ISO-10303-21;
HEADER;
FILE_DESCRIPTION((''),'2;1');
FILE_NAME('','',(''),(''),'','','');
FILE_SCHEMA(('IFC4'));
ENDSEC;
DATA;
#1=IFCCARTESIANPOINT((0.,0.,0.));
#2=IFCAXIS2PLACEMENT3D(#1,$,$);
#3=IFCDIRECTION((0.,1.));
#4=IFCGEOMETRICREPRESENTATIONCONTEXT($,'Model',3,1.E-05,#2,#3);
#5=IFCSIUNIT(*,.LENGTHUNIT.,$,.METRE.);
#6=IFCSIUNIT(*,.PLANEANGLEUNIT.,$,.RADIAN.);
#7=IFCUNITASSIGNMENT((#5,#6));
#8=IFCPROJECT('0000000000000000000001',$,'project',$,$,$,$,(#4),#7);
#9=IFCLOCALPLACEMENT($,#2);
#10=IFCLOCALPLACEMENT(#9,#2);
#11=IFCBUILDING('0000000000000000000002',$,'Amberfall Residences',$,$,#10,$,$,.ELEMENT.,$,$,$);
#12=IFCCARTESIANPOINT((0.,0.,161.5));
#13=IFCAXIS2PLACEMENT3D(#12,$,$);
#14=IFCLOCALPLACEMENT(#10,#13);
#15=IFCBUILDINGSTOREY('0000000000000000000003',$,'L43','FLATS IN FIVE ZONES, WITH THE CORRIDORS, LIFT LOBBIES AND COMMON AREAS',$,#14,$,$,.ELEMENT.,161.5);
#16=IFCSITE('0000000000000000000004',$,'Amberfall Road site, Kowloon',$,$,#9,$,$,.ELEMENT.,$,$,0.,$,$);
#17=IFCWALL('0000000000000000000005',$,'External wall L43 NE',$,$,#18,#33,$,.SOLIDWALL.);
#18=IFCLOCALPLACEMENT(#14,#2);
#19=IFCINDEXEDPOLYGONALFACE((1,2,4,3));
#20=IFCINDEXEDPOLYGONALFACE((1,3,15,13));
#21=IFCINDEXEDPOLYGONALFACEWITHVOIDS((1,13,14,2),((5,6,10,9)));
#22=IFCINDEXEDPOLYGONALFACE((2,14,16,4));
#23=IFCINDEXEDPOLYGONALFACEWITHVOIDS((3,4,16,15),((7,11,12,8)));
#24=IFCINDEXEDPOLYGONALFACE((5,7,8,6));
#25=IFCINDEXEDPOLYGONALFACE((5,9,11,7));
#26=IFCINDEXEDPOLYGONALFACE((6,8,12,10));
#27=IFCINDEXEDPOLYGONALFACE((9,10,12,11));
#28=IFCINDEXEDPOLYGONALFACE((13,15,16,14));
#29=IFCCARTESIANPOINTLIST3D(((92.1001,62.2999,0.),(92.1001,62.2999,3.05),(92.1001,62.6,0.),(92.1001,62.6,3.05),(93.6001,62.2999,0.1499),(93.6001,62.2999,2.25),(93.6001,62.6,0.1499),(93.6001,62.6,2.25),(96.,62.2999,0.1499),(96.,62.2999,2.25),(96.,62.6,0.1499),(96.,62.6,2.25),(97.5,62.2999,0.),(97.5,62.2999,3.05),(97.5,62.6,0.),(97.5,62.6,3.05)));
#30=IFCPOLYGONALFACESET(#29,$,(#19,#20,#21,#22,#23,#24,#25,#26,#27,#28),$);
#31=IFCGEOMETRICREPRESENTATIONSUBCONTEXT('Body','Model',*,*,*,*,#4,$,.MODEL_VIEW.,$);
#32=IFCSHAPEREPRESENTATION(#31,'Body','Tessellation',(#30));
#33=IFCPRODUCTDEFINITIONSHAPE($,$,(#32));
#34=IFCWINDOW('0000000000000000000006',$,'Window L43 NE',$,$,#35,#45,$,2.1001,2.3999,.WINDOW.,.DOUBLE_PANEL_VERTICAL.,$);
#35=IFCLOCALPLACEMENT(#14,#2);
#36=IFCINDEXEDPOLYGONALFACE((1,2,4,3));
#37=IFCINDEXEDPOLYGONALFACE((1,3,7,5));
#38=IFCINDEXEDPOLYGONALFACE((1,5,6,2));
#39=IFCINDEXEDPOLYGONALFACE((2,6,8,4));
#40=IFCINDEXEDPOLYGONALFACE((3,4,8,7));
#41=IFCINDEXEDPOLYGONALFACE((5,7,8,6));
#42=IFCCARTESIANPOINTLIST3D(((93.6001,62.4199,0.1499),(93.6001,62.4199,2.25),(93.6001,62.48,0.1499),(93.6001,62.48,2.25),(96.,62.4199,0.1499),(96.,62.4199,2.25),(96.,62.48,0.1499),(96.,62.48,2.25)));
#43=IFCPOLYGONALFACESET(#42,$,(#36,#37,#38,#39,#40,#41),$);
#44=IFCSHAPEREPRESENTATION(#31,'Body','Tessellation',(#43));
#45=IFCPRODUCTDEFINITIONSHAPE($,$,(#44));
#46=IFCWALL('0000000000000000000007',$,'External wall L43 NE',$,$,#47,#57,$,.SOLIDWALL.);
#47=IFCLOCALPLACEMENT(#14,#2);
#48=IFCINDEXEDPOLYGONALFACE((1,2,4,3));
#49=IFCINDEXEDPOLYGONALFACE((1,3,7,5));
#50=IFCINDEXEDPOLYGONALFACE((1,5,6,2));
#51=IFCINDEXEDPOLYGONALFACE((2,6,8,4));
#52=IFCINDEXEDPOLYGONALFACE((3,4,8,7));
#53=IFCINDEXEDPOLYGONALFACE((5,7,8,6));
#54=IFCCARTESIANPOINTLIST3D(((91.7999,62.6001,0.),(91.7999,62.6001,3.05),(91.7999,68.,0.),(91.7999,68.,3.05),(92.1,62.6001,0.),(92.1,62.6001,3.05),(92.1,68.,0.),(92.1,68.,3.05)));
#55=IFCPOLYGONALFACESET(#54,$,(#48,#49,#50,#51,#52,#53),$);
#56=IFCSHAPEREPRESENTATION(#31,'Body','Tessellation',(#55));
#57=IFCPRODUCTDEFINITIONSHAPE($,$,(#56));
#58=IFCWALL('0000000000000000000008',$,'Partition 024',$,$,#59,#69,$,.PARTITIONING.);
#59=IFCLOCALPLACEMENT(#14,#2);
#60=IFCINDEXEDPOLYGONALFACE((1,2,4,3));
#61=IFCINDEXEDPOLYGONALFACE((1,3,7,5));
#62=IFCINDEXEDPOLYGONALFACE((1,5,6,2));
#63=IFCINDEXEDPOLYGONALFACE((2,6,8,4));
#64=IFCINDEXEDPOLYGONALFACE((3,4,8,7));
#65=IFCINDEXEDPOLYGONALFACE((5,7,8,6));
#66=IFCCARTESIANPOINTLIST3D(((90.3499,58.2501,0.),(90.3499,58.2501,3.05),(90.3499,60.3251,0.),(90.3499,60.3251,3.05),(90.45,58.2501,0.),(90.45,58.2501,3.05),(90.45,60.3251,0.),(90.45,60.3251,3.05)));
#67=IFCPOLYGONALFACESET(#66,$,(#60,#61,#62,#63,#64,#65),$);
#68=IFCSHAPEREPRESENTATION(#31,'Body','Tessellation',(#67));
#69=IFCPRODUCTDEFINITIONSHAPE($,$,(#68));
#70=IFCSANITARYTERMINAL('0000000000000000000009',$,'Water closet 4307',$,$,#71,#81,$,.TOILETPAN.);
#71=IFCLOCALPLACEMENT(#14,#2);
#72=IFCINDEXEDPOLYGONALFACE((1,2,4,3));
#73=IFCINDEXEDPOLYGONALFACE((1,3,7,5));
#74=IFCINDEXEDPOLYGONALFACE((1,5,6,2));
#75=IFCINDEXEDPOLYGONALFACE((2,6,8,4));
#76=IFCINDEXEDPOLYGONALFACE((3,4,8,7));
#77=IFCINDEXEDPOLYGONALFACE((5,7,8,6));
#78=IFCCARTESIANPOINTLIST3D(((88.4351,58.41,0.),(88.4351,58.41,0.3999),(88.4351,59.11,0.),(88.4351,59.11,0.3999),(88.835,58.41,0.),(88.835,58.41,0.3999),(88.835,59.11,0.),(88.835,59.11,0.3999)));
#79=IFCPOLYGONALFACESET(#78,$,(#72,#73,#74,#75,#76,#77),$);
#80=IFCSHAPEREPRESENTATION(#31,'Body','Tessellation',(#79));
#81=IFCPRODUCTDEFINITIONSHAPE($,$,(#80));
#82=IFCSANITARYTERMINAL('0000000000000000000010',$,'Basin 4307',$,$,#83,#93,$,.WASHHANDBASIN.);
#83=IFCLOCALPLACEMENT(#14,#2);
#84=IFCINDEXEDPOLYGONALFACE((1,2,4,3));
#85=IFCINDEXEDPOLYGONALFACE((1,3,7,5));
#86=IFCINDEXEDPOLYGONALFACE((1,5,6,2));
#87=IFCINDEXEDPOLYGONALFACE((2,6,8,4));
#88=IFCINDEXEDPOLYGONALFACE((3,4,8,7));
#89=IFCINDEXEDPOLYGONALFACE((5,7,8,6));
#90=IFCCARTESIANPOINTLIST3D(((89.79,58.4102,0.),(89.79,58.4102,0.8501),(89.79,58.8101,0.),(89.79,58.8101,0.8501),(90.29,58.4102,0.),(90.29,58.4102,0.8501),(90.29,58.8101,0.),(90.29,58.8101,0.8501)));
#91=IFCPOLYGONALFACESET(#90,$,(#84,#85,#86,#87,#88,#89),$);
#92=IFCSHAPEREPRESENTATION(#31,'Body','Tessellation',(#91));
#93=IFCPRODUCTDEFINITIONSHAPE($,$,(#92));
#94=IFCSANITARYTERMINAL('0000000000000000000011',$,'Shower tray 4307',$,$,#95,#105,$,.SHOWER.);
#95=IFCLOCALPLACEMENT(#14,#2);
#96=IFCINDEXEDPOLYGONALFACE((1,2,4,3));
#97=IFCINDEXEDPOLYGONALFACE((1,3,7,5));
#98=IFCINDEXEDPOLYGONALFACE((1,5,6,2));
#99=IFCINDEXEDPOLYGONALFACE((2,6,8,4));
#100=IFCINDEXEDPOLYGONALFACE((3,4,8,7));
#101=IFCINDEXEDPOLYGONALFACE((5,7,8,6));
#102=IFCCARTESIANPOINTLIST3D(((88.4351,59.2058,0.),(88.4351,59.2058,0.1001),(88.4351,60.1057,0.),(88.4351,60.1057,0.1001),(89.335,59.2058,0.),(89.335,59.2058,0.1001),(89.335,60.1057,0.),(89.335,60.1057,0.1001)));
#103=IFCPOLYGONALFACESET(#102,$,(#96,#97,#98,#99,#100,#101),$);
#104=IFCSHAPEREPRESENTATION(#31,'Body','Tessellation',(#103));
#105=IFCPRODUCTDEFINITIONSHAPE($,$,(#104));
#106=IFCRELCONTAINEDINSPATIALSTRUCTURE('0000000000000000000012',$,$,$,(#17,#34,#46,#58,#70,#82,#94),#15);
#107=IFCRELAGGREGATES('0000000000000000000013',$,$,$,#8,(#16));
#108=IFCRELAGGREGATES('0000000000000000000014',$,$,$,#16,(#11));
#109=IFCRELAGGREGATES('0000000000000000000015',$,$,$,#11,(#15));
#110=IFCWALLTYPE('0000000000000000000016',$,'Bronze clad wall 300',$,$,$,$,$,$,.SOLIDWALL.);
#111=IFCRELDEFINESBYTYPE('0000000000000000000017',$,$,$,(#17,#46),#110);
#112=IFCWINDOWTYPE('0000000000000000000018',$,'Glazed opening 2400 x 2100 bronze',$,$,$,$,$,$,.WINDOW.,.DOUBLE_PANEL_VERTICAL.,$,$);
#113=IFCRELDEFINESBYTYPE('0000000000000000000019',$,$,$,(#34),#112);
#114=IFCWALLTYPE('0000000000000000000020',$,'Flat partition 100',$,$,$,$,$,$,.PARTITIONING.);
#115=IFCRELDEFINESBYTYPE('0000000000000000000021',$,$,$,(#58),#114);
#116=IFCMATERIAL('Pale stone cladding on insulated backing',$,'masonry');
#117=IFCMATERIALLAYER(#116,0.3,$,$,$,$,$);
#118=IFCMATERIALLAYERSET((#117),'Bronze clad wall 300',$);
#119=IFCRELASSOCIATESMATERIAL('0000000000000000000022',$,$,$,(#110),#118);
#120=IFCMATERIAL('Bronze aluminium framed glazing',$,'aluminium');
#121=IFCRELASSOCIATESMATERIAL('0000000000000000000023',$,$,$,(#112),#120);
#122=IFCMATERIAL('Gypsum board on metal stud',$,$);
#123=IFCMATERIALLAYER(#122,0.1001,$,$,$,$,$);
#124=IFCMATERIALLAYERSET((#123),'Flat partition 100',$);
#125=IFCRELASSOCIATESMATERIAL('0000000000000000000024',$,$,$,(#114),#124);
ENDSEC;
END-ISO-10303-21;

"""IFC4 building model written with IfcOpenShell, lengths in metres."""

from ifc_helpers import new_model, si_unit, direction, frame, frame_2d, origin, origin_2d, place, context, subcontext, project, spatial, rectangle, extrude, material, layer, layer_set, type_object, element, fill, save


model = new_model("IFC4")

# Units and contexts
model_context = context("Model", 3, precision=1e-05, world=origin(), true_north=direction((0.0, 1.0)))
body_context = subcontext(model_context, "Body", "Model", "MODEL_VIEW")
ifc_project = project(units=[si_unit("LENGTHUNIT", "METRE"), si_unit("PLANEANGLEUNIT", "RADIAN")], contexts=[model_context])

# Site, building, storey
site_placement = place(None, origin())
site = spatial("IfcSite", under=ifc_project, at=site_placement, Name="Amberfall Road site, Kowloon", CompositionType="ELEMENT", RefElevation=0.0)
building_placement = place(site_placement, origin())
building = spatial("IfcBuilding", under=site, at=building_placement, Name="Amberfall Residences", CompositionType="ELEMENT")
storey_placement = place(building_placement, frame((0.0, 0.0, 161.5)))
storey = spatial("IfcBuildingStorey", under=building, at=storey_placement, Name="L43", Description="FLATS IN FIVE ZONES, WITH THE CORRIDORS, LIFT LOBBIES AND COMMON AREAS", CompositionType="ELEMENT", Elevation=161.5)

# Wall, opening, window
ifc_material_1 = material(Name="Pale stone cladding on insulated backing", Category="masonry")
ifc_layer_1 = layer(ifc_material_1, 0.3)
ifc_layer_set_1 = layer_set([ifc_layer_1], Name="Bronze clad wall 300")
wall_type_1 = type_object("IfcWallType", Name="Bronze clad wall 300", PredefinedType="SOLIDWALL", material=ifc_layer_set_1)
wall_1_placement = place(storey_placement, frame((97.5, 62.45, 0.0), z_axis=(0.0, 0.0, 1.0), x_axis=(-1.0, 0.0, 0.0)))
wall_1 = element("IfcWall", 1, at=wall_1_placement, inside=storey, type_object=wall_type_1, Name="External wall L43 NE", PredefinedType="SOLIDWALL", context=body_context, shape_type="SweptSolid", body=[
    extrude(rectangle(XDim=5.3999, YDim=0.3, at=frame_2d((2.7, 0.0))), origin(), (0.0, 0.0, 1.0), 3.05),
])
opening_placement = place(wall_1_placement, frame((1.5, 0.0, 0.1499)))
opening = element("IfcOpeningElement", 2, at=opening_placement, cuts=wall_1, PredefinedType="OPENING", context=body_context, shape_type="SweptSolid", body=[
    extrude(rectangle(XDim=2.3999, YDim=2.1001, at=frame_2d((1.2, 1.05))), frame((0.0, 0.1599, 0.0), z_axis=(0.0, -1.0, 0.0), x_axis=(1.0, 0.0, 0.0)), (0.0, 0.0, 1.0), 0.3201),
])
ifc_material_2 = material(Name="Bronze aluminium framed glazing", Category="aluminium")
window_type = type_object("IfcWindowType", Name="Glazed opening 2400 x 2100 bronze", PartitioningType="DOUBLE_PANEL_VERTICAL", PredefinedType="WINDOW", material=ifc_material_2)
window_placement = place(opening_placement, origin())
window = element("IfcWindow", 3, at=window_placement, inside=storey, type_object=window_type, Name="Window L43 NE", OverallHeight=2.1001, OverallWidth=2.3999, PartitioningType="DOUBLE_PANEL_VERTICAL", PredefinedType="WINDOW", context=body_context, shape_type="SweptSolid", body=[
    extrude(rectangle(XDim=2.3999, YDim=2.1001, at=frame_2d((1.2, 1.05))), frame((0.0, 0.03, 0.0), z_axis=(0.0, -1.0, 0.0), x_axis=(1.0, 0.0, 0.0)), (0.0, 0.0, 1.0), 0.0601),
])
fill(opening, window)

# Walls
wall_2_placement = place(storey_placement, frame((91.95, 62.6001, 0.0), z_axis=(0.0, 0.0, 1.0), x_axis=(0.0, 1.0, 0.0)))
element("IfcWall", 4, at=wall_2_placement, inside=storey, type_object=wall_type_1, Name="External wall L43 NE", PredefinedType="SOLIDWALL", context=body_context, shape_type="SweptSolid", body=[
    extrude(rectangle(XDim=5.3999, YDim=0.3, at=frame_2d((2.7, 0.0))), origin(), (0.0, 0.0, 1.0), 3.05),
])
ifc_material_3 = material(Name="Gypsum board on metal stud")
ifc_layer_2 = layer(ifc_material_3, 0.1001)
ifc_layer_set_2 = layer_set([ifc_layer_2], Name="Flat partition 100")
wall_type_2 = type_object("IfcWallType", Name="Flat partition 100", PredefinedType="PARTITIONING", material=ifc_layer_set_2)
wall_3_placement = place(storey_placement, frame((90.3999, 58.25, 0.0), z_axis=(0.0, 0.0, 1.0), x_axis=(0.0, 1.0, 0.0)))
element("IfcWall", 5, at=wall_3_placement, inside=storey, type_object=wall_type_2, Name="Partition 024", PredefinedType="PARTITIONING", context=body_context, shape_type="SweptSolid", body=[
    extrude(rectangle(XDim=2.075, YDim=0.1001, at=frame_2d((1.0376, 0.0))), origin(), (0.0, 0.0, 1.0), 3.05),
])

# Sanitary terminals
sanitary_terminal_1_placement = place(storey_placement, frame((88.635, 58.76, 0.0), z_axis=(0.0, 0.0, 1.0), x_axis=(1.0, 0.0, 0.0)))
element("IfcSanitaryTerminal", 6, at=sanitary_terminal_1_placement, inside=storey, Name="Water closet 4307", PredefinedType="TOILETPAN", context=body_context, shape_type="SweptSolid", body=[
    extrude(rectangle(XDim=0.3999, YDim=0.7, at=origin_2d()), origin(), (0.0, 0.0, 1.0), 0.3999),
])
sanitary_terminal_2_placement = place(storey_placement, frame((90.04, 58.6101, 0.0), z_axis=(0.0, 0.0, 1.0), x_axis=(1.0, 0.0, 0.0)))
element("IfcSanitaryTerminal", 7, at=sanitary_terminal_2_placement, inside=storey, Name="Basin 4307", PredefinedType="WASHHANDBASIN", context=body_context, shape_type="SweptSolid", body=[
    extrude(rectangle(XDim=0.5, YDim=0.3999, at=origin_2d()), origin(), (0.0, 0.0, 1.0), 0.8501),
])
sanitary_terminal_3_placement = place(storey_placement, frame((88.885, 59.6558, 0.0), z_axis=(0.0, 0.0, 1.0), x_axis=(1.0, 0.0, 0.0)))
element("IfcSanitaryTerminal", 8, at=sanitary_terminal_3_placement, inside=storey, Name="Shower tray 4307", PredefinedType="SHOWER", context=body_context, shape_type="SweptSolid", body=[
    extrude(rectangle(XDim=0.8999, YDim=0.8999, at=origin_2d()), origin(), (0.0, 0.0, 1.0), 0.1001),
])

save(model, "model.ifc")
